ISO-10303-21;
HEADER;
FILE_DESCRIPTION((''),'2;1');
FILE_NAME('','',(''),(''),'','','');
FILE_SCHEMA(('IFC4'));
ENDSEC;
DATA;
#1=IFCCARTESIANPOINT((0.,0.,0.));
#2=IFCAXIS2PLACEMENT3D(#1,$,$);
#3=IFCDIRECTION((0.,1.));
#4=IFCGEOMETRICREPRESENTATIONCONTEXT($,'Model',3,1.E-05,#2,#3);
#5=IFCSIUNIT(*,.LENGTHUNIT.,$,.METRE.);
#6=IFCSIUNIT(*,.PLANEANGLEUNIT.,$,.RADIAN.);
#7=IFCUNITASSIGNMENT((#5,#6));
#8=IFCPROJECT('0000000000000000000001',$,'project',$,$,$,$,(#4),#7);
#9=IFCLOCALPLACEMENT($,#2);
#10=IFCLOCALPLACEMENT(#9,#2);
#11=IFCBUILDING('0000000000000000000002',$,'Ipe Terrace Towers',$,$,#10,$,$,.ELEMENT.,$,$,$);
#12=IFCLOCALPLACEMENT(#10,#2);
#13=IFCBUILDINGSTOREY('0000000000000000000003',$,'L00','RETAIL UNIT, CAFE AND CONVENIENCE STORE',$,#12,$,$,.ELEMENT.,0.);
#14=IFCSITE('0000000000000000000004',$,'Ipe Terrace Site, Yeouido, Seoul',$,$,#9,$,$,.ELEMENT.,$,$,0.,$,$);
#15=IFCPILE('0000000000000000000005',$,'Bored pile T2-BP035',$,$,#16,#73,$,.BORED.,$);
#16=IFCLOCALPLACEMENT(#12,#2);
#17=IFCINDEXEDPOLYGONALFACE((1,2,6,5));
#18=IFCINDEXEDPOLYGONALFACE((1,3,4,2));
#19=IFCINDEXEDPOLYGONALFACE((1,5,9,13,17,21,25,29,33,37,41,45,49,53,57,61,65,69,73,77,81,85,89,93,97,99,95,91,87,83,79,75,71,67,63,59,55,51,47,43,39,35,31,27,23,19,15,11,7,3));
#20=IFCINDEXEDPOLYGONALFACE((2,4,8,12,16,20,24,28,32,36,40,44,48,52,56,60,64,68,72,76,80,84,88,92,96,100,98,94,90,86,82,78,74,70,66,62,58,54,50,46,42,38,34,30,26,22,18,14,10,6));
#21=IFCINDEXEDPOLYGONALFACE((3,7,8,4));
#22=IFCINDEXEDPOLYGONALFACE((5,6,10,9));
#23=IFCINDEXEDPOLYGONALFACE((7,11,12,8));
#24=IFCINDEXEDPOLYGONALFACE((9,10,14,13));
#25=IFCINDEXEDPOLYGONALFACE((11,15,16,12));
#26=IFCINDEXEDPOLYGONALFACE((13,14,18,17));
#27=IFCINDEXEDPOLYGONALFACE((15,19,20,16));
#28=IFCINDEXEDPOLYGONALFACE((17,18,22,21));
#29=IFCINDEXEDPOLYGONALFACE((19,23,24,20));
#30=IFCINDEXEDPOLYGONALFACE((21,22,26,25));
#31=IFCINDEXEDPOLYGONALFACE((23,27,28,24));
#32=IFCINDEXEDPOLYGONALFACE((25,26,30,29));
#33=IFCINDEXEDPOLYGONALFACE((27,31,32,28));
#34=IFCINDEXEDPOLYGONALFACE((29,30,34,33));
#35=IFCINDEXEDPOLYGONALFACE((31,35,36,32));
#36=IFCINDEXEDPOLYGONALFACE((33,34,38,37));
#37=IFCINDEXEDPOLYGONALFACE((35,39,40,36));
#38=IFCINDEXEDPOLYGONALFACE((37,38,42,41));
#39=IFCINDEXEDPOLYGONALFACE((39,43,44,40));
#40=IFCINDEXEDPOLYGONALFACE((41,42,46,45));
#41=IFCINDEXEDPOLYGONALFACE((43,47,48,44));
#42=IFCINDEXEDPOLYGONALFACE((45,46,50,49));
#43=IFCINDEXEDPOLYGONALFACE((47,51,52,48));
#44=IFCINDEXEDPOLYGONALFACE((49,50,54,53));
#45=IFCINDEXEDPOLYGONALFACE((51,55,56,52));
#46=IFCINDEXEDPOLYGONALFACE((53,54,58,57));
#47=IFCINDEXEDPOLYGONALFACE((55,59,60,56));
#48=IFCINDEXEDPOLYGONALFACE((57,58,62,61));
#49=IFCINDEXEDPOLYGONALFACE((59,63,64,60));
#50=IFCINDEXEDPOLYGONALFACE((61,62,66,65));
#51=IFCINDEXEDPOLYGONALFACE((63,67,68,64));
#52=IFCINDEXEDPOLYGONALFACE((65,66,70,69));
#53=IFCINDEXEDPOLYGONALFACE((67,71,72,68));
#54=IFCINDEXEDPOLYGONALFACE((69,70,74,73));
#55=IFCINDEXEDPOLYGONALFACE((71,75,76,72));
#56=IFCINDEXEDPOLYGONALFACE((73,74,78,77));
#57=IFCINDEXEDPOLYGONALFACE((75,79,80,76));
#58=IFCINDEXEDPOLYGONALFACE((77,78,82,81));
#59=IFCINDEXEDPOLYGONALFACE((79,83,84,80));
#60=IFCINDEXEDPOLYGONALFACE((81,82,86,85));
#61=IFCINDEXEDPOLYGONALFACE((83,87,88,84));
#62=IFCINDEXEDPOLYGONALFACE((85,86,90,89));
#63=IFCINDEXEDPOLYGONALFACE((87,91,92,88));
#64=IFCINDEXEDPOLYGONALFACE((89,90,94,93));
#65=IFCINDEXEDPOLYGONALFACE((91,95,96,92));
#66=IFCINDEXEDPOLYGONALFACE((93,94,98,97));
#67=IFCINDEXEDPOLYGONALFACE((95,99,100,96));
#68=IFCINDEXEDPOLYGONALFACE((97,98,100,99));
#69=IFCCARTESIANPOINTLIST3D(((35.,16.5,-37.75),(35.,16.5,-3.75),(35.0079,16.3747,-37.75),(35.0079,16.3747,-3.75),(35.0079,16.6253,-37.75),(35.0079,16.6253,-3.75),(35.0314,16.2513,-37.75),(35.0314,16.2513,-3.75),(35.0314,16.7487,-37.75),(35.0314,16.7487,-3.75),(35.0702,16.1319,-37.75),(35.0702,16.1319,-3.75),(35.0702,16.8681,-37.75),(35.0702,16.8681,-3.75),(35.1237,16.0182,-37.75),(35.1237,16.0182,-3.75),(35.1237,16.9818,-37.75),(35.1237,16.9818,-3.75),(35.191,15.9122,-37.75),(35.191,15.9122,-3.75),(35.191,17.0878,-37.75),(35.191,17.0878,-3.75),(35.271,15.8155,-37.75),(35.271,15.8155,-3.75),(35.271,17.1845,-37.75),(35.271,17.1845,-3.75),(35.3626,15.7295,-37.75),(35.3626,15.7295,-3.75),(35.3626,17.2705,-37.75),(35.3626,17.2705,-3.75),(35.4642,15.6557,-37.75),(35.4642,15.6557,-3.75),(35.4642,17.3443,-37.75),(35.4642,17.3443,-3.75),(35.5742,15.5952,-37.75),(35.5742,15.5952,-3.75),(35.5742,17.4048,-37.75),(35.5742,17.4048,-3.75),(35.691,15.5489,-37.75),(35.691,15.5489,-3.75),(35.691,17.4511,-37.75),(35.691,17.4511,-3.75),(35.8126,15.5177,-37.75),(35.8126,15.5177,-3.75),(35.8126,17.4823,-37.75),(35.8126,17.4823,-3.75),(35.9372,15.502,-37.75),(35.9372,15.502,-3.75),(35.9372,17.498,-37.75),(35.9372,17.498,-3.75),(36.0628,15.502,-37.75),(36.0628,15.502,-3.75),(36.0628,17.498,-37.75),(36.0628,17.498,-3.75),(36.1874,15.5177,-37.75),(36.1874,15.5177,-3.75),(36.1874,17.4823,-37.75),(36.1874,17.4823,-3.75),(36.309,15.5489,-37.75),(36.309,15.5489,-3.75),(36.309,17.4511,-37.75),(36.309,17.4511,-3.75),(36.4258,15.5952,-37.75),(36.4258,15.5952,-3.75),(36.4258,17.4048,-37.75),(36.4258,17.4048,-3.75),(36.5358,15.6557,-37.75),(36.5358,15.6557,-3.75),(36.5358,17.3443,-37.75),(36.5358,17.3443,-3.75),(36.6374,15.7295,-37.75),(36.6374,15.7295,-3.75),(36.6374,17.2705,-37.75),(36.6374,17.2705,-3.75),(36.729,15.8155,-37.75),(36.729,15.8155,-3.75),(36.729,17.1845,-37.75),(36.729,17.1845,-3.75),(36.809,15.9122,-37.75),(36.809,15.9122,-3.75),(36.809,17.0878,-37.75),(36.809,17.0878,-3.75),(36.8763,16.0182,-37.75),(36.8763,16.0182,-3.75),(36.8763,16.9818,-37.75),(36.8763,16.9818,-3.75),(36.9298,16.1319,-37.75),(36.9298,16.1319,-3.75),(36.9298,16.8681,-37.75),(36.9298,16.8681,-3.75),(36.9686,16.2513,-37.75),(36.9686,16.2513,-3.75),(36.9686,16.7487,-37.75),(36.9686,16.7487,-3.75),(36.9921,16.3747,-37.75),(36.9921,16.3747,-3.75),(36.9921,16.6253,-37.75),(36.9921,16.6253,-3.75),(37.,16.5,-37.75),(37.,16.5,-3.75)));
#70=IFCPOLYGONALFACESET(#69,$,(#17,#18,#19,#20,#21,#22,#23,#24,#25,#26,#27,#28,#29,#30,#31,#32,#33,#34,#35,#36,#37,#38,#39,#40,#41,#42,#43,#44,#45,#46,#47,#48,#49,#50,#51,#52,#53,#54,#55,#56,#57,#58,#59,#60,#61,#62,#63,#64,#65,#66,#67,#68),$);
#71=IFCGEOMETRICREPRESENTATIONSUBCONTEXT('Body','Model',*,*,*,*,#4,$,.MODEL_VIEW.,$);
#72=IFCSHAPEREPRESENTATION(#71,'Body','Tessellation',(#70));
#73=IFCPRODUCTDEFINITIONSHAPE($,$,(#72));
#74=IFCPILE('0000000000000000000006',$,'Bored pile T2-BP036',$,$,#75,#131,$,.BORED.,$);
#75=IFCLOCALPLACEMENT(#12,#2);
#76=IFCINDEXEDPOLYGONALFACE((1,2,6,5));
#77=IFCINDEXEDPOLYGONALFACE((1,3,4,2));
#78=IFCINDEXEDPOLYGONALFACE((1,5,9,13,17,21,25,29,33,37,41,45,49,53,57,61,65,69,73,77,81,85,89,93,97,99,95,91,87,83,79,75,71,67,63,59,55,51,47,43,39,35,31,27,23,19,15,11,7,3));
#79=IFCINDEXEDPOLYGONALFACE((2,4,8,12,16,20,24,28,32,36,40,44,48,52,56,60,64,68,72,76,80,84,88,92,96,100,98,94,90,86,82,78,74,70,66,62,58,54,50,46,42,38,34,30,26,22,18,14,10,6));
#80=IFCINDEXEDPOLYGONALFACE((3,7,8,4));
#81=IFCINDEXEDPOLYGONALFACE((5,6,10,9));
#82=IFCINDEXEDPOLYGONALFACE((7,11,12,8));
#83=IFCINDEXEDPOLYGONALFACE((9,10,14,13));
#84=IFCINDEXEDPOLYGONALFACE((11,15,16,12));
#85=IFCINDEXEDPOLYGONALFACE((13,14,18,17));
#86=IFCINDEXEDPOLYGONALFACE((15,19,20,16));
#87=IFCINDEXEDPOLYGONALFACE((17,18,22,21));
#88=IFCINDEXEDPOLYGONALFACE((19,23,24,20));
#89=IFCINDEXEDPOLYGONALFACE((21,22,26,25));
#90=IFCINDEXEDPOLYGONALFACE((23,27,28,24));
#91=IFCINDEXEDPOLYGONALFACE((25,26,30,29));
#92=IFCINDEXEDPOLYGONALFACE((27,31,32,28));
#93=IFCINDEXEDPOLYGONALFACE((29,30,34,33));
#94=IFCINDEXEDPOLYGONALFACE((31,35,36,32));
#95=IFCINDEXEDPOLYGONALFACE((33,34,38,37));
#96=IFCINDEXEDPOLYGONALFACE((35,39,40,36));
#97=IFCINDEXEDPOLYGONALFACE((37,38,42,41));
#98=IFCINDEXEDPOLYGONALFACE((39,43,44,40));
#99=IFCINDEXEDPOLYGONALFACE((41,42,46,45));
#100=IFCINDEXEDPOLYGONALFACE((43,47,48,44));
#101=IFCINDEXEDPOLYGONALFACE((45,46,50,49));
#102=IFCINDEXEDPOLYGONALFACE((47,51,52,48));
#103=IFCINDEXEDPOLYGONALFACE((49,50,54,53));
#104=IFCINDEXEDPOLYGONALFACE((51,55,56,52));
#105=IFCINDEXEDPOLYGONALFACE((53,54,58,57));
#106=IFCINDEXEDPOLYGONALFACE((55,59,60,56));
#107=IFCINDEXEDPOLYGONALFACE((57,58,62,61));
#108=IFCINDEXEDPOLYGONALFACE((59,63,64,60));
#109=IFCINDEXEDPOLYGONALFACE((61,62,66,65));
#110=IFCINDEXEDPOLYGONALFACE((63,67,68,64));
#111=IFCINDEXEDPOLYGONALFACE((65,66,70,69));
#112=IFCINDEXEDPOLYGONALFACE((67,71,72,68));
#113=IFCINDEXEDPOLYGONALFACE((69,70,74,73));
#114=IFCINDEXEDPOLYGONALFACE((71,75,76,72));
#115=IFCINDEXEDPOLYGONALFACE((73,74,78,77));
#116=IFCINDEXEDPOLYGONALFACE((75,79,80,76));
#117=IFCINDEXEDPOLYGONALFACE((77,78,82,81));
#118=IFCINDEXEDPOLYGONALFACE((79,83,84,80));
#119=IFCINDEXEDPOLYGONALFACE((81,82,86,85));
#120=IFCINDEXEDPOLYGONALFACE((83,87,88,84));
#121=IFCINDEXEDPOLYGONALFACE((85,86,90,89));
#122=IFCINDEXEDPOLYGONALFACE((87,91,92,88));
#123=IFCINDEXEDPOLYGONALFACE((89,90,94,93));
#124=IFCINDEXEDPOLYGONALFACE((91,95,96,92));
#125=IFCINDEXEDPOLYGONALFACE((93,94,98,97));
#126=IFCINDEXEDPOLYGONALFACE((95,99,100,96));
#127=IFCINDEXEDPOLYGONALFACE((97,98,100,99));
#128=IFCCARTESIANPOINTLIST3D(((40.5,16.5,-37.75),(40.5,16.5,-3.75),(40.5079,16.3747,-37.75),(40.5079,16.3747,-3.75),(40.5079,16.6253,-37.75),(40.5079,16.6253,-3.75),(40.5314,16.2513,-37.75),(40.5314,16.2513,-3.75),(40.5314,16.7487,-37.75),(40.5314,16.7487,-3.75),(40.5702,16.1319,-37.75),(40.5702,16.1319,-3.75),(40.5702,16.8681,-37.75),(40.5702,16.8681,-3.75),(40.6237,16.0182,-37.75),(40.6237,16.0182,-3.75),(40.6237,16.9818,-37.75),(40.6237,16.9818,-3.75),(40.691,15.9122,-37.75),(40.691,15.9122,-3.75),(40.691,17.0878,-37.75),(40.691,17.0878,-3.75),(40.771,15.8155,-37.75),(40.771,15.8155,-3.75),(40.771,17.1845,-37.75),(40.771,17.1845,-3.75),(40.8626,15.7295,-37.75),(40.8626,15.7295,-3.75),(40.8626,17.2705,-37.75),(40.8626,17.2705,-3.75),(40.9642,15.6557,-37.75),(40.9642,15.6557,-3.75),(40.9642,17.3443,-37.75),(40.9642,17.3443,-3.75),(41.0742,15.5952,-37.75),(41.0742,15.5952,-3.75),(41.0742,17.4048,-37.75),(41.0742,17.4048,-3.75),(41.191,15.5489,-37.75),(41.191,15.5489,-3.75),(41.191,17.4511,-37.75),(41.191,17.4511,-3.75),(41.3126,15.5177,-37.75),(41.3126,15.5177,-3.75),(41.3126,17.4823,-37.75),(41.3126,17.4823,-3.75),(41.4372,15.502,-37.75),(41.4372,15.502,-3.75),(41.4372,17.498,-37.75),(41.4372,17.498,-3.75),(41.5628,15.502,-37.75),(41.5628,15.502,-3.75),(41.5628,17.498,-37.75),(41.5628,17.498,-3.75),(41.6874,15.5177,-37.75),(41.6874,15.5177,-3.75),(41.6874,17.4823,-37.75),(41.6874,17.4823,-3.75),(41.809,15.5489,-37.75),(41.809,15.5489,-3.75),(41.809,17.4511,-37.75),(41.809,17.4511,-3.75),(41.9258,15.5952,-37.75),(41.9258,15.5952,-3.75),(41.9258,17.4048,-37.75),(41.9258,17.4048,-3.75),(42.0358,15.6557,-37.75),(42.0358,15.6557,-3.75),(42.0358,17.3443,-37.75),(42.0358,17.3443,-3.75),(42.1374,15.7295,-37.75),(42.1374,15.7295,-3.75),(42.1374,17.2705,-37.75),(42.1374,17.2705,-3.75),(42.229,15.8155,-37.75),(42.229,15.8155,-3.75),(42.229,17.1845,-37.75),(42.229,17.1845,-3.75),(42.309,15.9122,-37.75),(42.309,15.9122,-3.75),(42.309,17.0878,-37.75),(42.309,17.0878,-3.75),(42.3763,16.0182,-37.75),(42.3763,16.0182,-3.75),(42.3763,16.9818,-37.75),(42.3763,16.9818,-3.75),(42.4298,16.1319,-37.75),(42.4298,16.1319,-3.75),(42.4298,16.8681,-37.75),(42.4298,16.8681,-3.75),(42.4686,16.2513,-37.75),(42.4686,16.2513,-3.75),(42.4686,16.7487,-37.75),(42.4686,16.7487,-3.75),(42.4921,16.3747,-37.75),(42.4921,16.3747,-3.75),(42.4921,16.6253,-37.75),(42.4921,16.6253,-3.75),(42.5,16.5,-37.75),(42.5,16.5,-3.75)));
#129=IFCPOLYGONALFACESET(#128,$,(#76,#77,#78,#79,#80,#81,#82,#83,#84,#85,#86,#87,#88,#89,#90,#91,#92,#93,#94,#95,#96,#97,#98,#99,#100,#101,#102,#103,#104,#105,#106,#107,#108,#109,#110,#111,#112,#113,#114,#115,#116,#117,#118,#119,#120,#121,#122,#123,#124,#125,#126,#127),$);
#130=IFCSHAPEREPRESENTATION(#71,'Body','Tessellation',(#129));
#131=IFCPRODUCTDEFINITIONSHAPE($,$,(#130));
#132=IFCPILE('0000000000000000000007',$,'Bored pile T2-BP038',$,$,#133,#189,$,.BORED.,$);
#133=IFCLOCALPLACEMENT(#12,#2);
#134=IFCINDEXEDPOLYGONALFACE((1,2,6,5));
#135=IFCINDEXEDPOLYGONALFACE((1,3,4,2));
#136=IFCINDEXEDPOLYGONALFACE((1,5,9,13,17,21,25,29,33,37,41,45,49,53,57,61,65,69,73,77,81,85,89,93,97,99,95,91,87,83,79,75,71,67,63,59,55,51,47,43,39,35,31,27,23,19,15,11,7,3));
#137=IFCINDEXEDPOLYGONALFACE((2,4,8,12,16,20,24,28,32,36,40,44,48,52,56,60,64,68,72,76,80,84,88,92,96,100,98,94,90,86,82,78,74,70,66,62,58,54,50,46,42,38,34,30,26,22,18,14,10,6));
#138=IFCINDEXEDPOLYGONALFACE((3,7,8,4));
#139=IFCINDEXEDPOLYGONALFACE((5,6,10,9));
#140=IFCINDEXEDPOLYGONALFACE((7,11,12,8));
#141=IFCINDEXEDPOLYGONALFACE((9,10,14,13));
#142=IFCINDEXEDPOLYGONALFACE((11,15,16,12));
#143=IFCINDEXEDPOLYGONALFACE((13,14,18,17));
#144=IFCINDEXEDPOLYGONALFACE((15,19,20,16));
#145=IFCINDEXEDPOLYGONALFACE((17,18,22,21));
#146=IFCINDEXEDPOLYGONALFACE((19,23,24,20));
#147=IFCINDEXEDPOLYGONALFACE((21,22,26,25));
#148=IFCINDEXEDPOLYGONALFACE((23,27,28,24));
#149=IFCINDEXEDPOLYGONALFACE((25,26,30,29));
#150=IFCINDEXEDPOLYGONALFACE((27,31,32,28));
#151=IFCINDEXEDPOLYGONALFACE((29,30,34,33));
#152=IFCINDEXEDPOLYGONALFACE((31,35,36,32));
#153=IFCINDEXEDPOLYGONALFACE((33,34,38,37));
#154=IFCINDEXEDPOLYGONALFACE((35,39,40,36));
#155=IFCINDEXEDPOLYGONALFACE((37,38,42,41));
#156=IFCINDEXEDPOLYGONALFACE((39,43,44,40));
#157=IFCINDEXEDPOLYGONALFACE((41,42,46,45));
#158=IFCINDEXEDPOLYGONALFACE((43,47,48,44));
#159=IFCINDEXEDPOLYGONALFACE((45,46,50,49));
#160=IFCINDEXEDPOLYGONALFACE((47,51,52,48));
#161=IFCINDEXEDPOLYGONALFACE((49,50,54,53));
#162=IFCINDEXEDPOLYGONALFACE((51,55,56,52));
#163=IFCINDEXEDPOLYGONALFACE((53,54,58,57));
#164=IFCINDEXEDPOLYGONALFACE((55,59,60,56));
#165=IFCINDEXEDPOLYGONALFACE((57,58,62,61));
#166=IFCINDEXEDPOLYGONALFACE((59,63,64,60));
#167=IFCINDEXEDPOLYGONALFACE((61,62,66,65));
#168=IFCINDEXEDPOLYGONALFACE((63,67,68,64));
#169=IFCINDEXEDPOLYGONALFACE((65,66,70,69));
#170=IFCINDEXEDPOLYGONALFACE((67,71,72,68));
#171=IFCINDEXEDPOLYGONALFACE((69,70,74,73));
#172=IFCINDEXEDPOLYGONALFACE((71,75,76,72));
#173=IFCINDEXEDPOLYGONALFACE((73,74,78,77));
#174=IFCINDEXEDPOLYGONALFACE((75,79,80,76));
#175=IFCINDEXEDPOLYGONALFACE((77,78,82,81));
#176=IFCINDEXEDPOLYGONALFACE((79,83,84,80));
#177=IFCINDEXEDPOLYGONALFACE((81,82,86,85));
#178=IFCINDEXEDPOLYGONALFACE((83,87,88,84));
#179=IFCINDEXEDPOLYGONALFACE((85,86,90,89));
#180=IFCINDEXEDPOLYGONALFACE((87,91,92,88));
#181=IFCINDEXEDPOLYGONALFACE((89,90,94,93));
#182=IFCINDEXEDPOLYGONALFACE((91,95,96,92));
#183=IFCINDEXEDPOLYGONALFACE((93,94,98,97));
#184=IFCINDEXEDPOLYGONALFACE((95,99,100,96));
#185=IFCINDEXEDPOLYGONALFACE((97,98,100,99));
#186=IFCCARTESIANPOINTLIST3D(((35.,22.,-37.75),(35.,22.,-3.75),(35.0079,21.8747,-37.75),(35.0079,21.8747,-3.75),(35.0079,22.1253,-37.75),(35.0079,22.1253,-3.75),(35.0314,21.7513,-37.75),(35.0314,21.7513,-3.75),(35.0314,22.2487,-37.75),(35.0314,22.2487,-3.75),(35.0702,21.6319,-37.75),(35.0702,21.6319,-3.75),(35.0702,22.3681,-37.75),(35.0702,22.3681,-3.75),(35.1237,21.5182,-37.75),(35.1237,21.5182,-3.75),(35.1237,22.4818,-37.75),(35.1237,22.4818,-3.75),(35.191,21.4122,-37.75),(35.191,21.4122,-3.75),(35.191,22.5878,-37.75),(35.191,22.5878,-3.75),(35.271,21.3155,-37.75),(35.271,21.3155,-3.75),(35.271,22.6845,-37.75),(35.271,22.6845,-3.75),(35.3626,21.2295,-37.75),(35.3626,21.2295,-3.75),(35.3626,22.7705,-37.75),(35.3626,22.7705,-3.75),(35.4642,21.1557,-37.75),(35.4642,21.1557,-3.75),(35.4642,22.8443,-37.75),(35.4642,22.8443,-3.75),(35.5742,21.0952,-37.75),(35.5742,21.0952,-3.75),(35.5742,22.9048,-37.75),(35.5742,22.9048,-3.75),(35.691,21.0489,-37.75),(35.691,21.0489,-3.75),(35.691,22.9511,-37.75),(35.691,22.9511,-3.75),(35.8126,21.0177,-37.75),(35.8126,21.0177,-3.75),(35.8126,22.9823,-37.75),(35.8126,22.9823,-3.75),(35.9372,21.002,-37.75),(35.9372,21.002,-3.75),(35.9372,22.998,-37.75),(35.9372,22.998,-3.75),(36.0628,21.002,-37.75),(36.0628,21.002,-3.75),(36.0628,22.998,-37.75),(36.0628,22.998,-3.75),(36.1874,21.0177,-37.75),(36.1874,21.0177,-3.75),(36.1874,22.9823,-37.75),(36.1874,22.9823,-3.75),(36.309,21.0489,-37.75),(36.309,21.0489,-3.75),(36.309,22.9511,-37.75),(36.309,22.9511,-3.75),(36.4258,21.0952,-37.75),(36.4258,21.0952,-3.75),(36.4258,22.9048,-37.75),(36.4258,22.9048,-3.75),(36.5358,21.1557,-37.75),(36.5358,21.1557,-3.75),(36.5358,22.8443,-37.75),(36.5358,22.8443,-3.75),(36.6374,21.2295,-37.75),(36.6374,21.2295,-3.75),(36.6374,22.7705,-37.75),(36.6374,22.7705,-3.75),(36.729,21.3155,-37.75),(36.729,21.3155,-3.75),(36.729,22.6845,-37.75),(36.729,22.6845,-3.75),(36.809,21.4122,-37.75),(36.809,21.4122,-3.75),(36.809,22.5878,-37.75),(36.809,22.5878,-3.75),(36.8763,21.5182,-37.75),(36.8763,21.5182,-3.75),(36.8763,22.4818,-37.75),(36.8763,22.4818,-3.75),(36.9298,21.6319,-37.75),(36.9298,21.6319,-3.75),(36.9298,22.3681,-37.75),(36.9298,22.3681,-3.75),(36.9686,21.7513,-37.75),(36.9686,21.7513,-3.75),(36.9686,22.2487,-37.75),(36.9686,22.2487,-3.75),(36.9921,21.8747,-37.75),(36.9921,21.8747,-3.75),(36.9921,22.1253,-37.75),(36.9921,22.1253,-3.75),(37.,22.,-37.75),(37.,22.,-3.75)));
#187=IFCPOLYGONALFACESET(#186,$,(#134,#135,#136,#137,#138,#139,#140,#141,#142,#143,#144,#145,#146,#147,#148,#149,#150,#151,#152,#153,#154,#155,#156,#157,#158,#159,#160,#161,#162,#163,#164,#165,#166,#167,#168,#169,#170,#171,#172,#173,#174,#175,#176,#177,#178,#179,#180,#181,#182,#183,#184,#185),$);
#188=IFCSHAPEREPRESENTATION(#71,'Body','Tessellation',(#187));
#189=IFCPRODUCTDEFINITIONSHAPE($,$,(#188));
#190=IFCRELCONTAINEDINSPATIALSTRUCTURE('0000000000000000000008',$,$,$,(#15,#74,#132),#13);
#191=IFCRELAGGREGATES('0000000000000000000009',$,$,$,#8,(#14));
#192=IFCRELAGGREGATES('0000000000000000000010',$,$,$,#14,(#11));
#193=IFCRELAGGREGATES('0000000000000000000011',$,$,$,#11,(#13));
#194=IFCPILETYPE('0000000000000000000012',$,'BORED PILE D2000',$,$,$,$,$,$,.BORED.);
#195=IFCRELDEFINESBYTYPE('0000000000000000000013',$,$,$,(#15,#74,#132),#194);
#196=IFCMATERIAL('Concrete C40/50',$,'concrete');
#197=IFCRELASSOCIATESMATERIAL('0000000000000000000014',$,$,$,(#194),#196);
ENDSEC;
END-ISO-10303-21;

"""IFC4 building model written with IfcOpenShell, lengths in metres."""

from ifc_helpers import new_model, si_unit, direction, frame, origin, origin_2d, place, context, subcontext, project, spatial, circle, extrude, material, material_profile, profile_set, type_object, element, save


model = new_model("IFC4")

# Units and contexts
model_context = context("Model", 3, precision=1e-05, world=origin(), true_north=direction((0.0, 1.0)))
body_context = subcontext(model_context, "Body", "Model", "MODEL_VIEW")
ifc_project = project(units=[si_unit("LENGTHUNIT", "METRE"), si_unit("PLANEANGLEUNIT", "RADIAN")], contexts=[model_context])

# Site, building, storey
site_placement = place(None, origin())
site = spatial("IfcSite", under=ifc_project, at=site_placement, Name="Ipe Terrace Site, Yeouido, Seoul", CompositionType="ELEMENT", RefElevation=0.0)
building_placement = place(site_placement, origin())
building = spatial("IfcBuilding", under=site, at=building_placement, Name="Ipe Terrace Towers", CompositionType="ELEMENT")
storey_placement = place(building_placement, origin())
storey = spatial("IfcBuildingStorey", under=building, at=storey_placement, Name="L00", Description="RETAIL UNIT, CAFE AND CONVENIENCE STORE", CompositionType="ELEMENT", Elevation=0.0)

# Piles
ifc_material_1 = material(Name="Concrete C40/50", Category="concrete")
ifc_material_profile_1 = material_profile(ifc_material_1, circle(Radius=1.0, at=origin_2d()), Name="BORED PILE D2000")
ifc_profile_set_1 = profile_set([ifc_material_profile_1], Name="Concrete C40/50")
pile_type = type_object("IfcPileType", Name="BORED PILE D2000", PredefinedType="BORED", material=ifc_profile_set_1)
for number, where, z_axis, x_axis, name in (
    (1, (36.0, 16.5, -3.75), (0.0, 0.0, -1.0), (1.0, 0.0, 0.0), "Bored pile T2-BP035"),
    (2, (41.5, 16.5, -3.75), (0.0, 0.0, -1.0), (1.0, 0.0, 0.0), "Bored pile T2-BP036"),
    (3, (36.0, 22.0, -3.75), (0.0, 0.0, -1.0), (1.0, 0.0, 0.0), "Bored pile T2-BP038"),
):
    element("IfcPile", number, at=place(storey_placement, frame(where, z_axis=z_axis, x_axis=x_axis)), inside=storey, type_object=pile_type, Name=name, PredefinedType="BORED", context=body_context, shape_type="SweptSolid", body=[
        extrude(circle(Radius=1.0, at=origin_2d()), origin(), (0.0, 0.0, 1.0), 34.0),
    ])

save(model, "model.ifc")
